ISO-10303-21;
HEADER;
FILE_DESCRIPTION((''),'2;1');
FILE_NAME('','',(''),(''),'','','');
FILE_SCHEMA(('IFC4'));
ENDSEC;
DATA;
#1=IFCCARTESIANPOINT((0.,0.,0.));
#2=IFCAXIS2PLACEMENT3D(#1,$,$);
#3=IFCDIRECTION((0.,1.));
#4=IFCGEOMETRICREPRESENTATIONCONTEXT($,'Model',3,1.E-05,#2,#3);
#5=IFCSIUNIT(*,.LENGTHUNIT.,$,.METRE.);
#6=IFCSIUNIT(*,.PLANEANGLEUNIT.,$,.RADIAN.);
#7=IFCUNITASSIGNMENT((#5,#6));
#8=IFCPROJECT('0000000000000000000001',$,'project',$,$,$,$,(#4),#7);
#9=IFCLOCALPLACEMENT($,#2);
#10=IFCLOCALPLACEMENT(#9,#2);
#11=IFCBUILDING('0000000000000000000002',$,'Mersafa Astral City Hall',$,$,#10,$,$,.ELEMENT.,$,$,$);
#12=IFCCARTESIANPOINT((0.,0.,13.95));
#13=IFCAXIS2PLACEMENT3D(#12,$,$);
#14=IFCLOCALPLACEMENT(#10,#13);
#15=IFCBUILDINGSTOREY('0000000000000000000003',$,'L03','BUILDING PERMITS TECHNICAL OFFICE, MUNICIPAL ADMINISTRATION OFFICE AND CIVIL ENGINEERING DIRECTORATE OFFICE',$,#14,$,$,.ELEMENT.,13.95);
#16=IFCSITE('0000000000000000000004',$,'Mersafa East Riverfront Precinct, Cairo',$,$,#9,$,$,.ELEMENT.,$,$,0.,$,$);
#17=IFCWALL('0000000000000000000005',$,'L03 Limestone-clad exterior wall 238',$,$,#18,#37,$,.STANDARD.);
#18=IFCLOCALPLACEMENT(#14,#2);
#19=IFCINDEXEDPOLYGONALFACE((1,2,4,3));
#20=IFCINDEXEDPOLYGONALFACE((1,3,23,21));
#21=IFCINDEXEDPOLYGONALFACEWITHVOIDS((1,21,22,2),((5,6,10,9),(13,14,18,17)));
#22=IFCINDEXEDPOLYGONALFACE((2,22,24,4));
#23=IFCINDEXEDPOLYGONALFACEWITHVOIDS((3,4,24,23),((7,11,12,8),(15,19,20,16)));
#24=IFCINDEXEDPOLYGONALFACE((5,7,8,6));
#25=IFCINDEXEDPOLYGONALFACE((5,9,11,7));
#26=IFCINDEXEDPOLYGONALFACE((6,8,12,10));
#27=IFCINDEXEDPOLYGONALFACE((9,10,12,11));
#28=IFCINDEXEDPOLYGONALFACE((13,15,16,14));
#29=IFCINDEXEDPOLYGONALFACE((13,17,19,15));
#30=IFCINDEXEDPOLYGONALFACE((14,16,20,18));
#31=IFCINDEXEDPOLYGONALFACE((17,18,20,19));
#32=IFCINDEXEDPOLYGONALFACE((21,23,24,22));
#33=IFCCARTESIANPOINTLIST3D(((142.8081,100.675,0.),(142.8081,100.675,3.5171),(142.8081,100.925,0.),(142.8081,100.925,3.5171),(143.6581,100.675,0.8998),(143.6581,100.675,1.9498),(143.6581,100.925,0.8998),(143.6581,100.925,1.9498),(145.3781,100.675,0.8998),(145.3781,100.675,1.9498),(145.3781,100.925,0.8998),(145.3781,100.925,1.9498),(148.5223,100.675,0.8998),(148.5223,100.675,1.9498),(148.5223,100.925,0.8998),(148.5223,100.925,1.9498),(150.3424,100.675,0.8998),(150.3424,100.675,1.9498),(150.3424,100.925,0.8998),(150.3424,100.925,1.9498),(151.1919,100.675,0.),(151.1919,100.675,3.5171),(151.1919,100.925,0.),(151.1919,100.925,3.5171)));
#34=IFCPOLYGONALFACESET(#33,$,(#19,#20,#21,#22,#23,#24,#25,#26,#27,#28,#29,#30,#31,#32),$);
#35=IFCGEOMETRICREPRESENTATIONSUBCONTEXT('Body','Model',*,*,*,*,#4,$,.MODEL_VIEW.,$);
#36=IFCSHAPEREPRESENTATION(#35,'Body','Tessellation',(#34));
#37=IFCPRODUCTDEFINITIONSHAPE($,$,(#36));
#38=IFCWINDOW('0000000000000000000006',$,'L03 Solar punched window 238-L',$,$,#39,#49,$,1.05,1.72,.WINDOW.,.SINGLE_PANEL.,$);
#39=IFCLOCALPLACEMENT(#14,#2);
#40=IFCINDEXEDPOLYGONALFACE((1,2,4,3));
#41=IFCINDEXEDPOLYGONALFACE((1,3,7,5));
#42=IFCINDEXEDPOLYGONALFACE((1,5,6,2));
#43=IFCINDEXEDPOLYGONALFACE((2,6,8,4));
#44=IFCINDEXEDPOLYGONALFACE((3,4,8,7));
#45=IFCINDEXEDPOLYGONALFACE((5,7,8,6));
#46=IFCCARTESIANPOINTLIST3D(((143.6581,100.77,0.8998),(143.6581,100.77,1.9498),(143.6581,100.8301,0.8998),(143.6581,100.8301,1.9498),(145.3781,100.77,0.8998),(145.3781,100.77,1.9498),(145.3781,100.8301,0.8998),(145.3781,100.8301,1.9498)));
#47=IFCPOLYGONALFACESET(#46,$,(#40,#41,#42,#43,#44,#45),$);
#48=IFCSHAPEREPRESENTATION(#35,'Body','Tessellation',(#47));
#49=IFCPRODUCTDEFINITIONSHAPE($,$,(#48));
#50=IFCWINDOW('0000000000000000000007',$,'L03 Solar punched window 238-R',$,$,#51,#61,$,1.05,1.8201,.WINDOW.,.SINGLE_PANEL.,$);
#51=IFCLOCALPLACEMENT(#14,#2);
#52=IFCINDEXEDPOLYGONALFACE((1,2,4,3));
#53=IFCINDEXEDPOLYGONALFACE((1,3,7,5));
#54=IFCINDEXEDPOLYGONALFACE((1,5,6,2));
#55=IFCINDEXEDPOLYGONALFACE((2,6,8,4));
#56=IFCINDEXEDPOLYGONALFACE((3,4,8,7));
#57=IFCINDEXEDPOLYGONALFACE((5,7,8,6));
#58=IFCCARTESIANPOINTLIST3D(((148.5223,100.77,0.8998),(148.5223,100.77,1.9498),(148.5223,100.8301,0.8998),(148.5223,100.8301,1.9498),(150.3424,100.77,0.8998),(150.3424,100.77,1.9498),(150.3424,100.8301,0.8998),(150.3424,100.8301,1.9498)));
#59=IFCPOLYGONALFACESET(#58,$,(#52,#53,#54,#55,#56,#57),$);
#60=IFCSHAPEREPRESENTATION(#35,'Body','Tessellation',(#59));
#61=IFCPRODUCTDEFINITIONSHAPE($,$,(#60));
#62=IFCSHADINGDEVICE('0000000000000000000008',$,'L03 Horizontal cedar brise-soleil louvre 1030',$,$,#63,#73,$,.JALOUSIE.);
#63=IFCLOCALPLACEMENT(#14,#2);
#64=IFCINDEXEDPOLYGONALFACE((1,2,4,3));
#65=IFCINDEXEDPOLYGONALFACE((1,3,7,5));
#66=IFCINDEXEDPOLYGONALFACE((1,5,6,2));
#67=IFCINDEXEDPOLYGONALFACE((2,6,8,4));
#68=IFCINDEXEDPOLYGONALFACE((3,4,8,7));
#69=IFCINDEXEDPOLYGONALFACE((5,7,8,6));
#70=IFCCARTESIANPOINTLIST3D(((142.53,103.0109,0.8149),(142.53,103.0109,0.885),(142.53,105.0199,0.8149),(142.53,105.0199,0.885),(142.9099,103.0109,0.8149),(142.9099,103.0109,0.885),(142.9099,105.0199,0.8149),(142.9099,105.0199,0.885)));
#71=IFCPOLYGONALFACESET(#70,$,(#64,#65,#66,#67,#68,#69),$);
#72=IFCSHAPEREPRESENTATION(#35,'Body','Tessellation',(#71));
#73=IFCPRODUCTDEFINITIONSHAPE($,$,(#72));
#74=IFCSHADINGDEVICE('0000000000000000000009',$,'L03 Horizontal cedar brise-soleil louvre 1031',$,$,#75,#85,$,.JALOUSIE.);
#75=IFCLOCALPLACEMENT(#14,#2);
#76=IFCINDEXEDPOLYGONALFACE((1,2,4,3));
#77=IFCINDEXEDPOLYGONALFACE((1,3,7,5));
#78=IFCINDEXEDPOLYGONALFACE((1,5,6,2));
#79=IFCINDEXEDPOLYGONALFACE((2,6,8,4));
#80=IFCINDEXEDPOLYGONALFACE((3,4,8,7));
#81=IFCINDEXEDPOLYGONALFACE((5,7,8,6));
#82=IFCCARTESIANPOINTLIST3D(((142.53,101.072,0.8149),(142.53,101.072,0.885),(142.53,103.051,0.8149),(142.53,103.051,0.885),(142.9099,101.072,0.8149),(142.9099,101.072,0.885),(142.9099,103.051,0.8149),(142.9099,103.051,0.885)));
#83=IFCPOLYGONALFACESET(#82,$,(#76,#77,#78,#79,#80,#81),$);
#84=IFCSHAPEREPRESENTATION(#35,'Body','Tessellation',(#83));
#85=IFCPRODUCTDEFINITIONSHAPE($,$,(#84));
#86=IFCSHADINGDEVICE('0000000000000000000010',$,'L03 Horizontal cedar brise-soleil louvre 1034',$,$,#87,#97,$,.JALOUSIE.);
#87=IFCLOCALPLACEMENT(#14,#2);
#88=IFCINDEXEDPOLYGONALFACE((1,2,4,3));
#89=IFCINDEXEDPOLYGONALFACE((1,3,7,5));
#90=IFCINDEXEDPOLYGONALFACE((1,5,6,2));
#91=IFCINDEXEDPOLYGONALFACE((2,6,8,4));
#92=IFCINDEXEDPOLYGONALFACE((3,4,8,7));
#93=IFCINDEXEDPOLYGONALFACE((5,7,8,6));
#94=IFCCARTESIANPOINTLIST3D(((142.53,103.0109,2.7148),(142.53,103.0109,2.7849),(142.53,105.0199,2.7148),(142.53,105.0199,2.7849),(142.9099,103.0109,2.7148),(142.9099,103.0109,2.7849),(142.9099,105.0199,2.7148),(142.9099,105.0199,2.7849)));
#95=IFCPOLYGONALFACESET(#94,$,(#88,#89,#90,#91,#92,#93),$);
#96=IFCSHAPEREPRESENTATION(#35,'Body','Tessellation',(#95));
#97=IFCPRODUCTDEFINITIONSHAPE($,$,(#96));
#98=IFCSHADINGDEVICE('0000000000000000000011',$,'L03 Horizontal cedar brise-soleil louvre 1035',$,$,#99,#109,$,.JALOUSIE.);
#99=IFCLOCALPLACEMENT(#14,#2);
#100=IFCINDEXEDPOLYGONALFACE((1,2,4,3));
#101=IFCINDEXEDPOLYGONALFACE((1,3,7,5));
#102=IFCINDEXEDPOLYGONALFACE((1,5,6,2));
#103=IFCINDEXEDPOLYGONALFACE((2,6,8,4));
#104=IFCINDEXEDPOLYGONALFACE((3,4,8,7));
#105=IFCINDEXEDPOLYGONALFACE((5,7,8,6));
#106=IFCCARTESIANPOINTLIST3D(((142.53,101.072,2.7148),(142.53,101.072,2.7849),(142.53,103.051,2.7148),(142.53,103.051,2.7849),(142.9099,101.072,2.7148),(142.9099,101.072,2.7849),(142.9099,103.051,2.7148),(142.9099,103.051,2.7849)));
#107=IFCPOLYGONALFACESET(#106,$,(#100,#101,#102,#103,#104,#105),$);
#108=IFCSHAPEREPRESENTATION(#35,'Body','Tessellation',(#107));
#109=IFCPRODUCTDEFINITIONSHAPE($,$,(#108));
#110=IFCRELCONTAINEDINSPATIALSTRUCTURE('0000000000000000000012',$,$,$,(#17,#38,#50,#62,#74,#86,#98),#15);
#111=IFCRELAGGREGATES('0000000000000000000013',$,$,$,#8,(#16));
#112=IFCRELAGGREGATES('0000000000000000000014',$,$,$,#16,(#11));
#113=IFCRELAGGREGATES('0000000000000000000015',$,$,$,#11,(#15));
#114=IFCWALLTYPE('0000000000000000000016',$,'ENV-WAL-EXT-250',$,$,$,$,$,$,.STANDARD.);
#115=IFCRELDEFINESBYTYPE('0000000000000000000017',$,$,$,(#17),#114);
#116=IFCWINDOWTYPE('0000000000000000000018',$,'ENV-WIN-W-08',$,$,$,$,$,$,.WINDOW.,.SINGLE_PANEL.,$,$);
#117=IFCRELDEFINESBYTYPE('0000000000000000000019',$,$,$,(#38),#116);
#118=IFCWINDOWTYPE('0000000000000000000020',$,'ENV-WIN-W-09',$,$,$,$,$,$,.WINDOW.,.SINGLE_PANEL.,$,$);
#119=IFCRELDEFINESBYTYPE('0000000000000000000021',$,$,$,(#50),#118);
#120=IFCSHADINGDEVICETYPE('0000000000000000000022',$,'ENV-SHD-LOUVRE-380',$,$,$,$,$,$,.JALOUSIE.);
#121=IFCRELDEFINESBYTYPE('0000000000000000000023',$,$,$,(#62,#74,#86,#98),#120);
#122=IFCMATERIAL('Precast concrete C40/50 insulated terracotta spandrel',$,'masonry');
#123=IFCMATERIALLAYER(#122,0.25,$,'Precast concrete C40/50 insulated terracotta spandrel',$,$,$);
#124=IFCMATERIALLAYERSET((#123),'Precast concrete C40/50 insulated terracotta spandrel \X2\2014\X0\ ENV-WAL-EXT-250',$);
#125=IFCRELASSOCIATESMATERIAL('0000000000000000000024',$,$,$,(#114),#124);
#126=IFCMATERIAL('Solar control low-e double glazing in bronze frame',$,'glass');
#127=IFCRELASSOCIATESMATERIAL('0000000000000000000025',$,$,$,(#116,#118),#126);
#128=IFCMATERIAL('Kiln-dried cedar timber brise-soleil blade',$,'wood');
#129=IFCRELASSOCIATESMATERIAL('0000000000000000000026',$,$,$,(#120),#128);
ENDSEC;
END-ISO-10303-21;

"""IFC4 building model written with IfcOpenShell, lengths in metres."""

from ifc_helpers import new_model, si_unit, direction, frame, frame_2d, origin, origin_2d, place, context, subcontext, project, spatial, rectangle, extrude, material, layer, layer_set, type_object, element, fill, save


model = new_model("IFC4")

# Units and contexts
model_context = context("Model", 3, precision=1e-05, world=origin(), true_north=direction((0.0, 1.0)))
body_context = subcontext(model_context, "Body", "Model", "MODEL_VIEW")
ifc_project = project(units=[si_unit("LENGTHUNIT", "METRE"), si_unit("PLANEANGLEUNIT", "RADIAN")], contexts=[model_context])

# Site, building, storey
site_placement = place(None, origin())
site = spatial("IfcSite", under=ifc_project, at=site_placement, Name="Mersafa East Riverfront Precinct, Cairo", CompositionType="ELEMENT", RefElevation=0.0)
building_placement = place(site_placement, origin())
building = spatial("IfcBuilding", under=site, at=building_placement, Name="Mersafa Astral City Hall", CompositionType="ELEMENT")
storey_placement = place(building_placement, frame((0.0, 0.0, 13.95)))
storey = spatial("IfcBuildingStorey", under=building, at=storey_placement, Name="L03", Description="BUILDING PERMITS TECHNICAL OFFICE, MUNICIPAL ADMINISTRATION OFFICE AND CIVIL ENGINEERING DIRECTORATE OFFICE", CompositionType="ELEMENT", Elevation=13.95)

# Wall, openings, windows
ifc_material_1 = material(Name="Precast concrete C40/50 insulated terracotta spandrel", Category="masonry")
ifc_layer_1 = layer(ifc_material_1, 0.25, Name="Precast concrete C40/50 insulated terracotta spandrel")
ifc_layer_set_1 = layer_set([ifc_layer_1], Name="Precast concrete C40/50 insulated terracotta spandrel — ENV-WAL-EXT-250")
wall_type = type_object("IfcWallType", Name="ENV-WAL-EXT-250", PredefinedType="STANDARD", material=ifc_layer_set_1)
wall_placement = place(storey_placement, frame((142.8081, 100.8, 0.0), z_axis=(0.0, 0.0, 1.0), x_axis=(1.0, 0.0, 0.0)))
wall = element("IfcWall", 1, at=wall_placement, inside=storey, type_object=wall_type, Name="L03 Limestone-clad exterior wall 238", PredefinedType="STANDARD", context=body_context, shape_type="SweptSolid", body=[
    extrude(rectangle(XDim=8.3838, YDim=0.25, at=frame_2d((4.1919, 0.0))), origin(), (0.0, 0.0, 1.0), 3.5171),
])
opening_1_placement = place(wall_placement, frame((0.8501, 0.0, 0.8999)))
opening_1 = element("IfcOpeningElement", 2, at=opening_1_placement, cuts=wall, PredefinedType="OPENING", context=body_context, shape_type="SweptSolid", body=[
    extrude(rectangle(XDim=1.72, YDim=1.05, at=frame_2d((0.8599, 0.5249))), frame((0.0, 0.135, 0.0), z_axis=(0.0, -1.0, 0.0), x_axis=(1.0, 0.0, 0.0)), (0.0, 0.0, 1.0), 0.27),
])
opening_2_placement = place(wall_placement, frame((5.7141, 0.0, 0.8999)))
opening_2 = element("IfcOpeningElement", 3, at=opening_2_placement, cuts=wall, PredefinedType="OPENING", context=body_context, shape_type="SweptSolid", body=[
    extrude(rectangle(XDim=1.8201, YDim=1.05, at=frame_2d((0.9102, 0.5249))), frame((0.0, 0.135, 0.0), z_axis=(0.0, -1.0, 0.0), x_axis=(1.0, 0.0, 0.0)), (0.0, 0.0, 1.0), 0.27),
])
ifc_material_2 = material(Name="Solar control low-e double glazing in bronze frame", Category="glass")
window_type_1 = type_object("IfcWindowType", Name="ENV-WIN-W-08", PartitioningType="SINGLE_PANEL", PredefinedType="WINDOW", material=ifc_material_2)
window_1_placement = place(opening_1_placement, origin())
window_1 = element("IfcWindow", 4, at=window_1_placement, inside=storey, type_object=window_type_1, Name="L03 Solar punched window 238-L", OverallHeight=1.05, OverallWidth=1.72, PartitioningType="SINGLE_PANEL", PredefinedType="WINDOW", context=body_context, shape_type="SweptSolid", body=[
    extrude(rectangle(XDim=1.72, YDim=1.05, at=frame_2d((0.8599, 0.5249))), frame((0.0, 0.03, 0.0), z_axis=(0.0, -1.0, 0.0), x_axis=(1.0, 0.0, 0.0)), (0.0, 0.0, 1.0), 0.0601),
])
fill(opening_1, window_1)
window_type_2 = type_object("IfcWindowType", Name="ENV-WIN-W-09", PartitioningType="SINGLE_PANEL", PredefinedType="WINDOW", material=ifc_material_2)
window_2_placement = place(opening_2_placement, origin())
window_2 = element("IfcWindow", 5, at=window_2_placement, inside=storey, type_object=window_type_2, Name="L03 Solar punched window 238-R", OverallHeight=1.05, OverallWidth=1.8201, PartitioningType="SINGLE_PANEL", PredefinedType="WINDOW", context=body_context, shape_type="SweptSolid", body=[
    extrude(rectangle(XDim=1.8201, YDim=1.05, at=frame_2d((0.9102, 0.5249))), frame((0.0, 0.03, 0.0), z_axis=(0.0, -1.0, 0.0), x_axis=(1.0, 0.0, 0.0)), (0.0, 0.0, 1.0), 0.0601),
])
fill(opening_2, window_2)

# Shading devices
ifc_material_3 = material(Name="Kiln-dried cedar timber brise-soleil blade", Category="wood")
shading_device_type = type_object("IfcShadingDeviceType", Name="ENV-SHD-LOUVRE-380", PredefinedType="JALOUSIE", material=ifc_material_3)
shading_device_1_placement = place(storey_placement, frame((142.72, 104.0154, 0.8149), z_axis=(0.0, 0.0, 1.0), x_axis=(0.0, -1.0, 0.0)))
element("IfcShadingDevice", 6, at=shading_device_1_placement, inside=storey, type_object=shading_device_type, Name="L03 Horizontal cedar brise-soleil louvre 1030", PredefinedType="JALOUSIE", context=body_context, shape_type="SweptSolid", body=[
    extrude(rectangle(XDim=2.009, YDim=0.3799, at=origin_2d()), origin(), (0.0, 0.0, 1.0), 0.0701),
])
shading_device_2_placement = place(storey_placement, frame((142.72, 102.0615, 0.8149), z_axis=(0.0, 0.0, 1.0), x_axis=(0.0, -1.0, 0.0)))
element("IfcShadingDevice", 7, at=shading_device_2_placement, inside=storey, type_object=shading_device_type, Name="L03 Horizontal cedar brise-soleil louvre 1031", PredefinedType="JALOUSIE", context=body_context, shape_type="SweptSolid", body=[
    extrude(rectangle(XDim=1.979, YDim=0.3799, at=origin_2d()), origin(), (0.0, 0.0, 1.0), 0.0701),
])
shading_device_3_placement = place(storey_placement, frame((142.72, 104.0154, 2.7148), z_axis=(0.0, 0.0, 1.0), x_axis=(0.0, -1.0, 0.0)))
element("IfcShadingDevice", 8, at=shading_device_3_placement, inside=storey, type_object=shading_device_type, Name="L03 Horizontal cedar brise-soleil louvre 1034", PredefinedType="JALOUSIE", context=body_context, shape_type="SweptSolid", body=[
    extrude(rectangle(XDim=2.009, YDim=0.3799, at=origin_2d()), origin(), (0.0, 0.0, 1.0), 0.0701),
])
shading_device_4_placement = place(storey_placement, frame((142.72, 102.0615, 2.7148), z_axis=(0.0, 0.0, 1.0), x_axis=(0.0, -1.0, 0.0)))
element("IfcShadingDevice", 9, at=shading_device_4_placement, inside=storey, type_object=shading_device_type, Name="L03 Horizontal cedar brise-soleil louvre 1035", PredefinedType="JALOUSIE", context=body_context, shape_type="SweptSolid", body=[
    extrude(rectangle(XDim=1.979, YDim=0.3799, at=origin_2d()), origin(), (0.0, 0.0, 1.0), 0.0701),
])

save(model, "model.ifc")
